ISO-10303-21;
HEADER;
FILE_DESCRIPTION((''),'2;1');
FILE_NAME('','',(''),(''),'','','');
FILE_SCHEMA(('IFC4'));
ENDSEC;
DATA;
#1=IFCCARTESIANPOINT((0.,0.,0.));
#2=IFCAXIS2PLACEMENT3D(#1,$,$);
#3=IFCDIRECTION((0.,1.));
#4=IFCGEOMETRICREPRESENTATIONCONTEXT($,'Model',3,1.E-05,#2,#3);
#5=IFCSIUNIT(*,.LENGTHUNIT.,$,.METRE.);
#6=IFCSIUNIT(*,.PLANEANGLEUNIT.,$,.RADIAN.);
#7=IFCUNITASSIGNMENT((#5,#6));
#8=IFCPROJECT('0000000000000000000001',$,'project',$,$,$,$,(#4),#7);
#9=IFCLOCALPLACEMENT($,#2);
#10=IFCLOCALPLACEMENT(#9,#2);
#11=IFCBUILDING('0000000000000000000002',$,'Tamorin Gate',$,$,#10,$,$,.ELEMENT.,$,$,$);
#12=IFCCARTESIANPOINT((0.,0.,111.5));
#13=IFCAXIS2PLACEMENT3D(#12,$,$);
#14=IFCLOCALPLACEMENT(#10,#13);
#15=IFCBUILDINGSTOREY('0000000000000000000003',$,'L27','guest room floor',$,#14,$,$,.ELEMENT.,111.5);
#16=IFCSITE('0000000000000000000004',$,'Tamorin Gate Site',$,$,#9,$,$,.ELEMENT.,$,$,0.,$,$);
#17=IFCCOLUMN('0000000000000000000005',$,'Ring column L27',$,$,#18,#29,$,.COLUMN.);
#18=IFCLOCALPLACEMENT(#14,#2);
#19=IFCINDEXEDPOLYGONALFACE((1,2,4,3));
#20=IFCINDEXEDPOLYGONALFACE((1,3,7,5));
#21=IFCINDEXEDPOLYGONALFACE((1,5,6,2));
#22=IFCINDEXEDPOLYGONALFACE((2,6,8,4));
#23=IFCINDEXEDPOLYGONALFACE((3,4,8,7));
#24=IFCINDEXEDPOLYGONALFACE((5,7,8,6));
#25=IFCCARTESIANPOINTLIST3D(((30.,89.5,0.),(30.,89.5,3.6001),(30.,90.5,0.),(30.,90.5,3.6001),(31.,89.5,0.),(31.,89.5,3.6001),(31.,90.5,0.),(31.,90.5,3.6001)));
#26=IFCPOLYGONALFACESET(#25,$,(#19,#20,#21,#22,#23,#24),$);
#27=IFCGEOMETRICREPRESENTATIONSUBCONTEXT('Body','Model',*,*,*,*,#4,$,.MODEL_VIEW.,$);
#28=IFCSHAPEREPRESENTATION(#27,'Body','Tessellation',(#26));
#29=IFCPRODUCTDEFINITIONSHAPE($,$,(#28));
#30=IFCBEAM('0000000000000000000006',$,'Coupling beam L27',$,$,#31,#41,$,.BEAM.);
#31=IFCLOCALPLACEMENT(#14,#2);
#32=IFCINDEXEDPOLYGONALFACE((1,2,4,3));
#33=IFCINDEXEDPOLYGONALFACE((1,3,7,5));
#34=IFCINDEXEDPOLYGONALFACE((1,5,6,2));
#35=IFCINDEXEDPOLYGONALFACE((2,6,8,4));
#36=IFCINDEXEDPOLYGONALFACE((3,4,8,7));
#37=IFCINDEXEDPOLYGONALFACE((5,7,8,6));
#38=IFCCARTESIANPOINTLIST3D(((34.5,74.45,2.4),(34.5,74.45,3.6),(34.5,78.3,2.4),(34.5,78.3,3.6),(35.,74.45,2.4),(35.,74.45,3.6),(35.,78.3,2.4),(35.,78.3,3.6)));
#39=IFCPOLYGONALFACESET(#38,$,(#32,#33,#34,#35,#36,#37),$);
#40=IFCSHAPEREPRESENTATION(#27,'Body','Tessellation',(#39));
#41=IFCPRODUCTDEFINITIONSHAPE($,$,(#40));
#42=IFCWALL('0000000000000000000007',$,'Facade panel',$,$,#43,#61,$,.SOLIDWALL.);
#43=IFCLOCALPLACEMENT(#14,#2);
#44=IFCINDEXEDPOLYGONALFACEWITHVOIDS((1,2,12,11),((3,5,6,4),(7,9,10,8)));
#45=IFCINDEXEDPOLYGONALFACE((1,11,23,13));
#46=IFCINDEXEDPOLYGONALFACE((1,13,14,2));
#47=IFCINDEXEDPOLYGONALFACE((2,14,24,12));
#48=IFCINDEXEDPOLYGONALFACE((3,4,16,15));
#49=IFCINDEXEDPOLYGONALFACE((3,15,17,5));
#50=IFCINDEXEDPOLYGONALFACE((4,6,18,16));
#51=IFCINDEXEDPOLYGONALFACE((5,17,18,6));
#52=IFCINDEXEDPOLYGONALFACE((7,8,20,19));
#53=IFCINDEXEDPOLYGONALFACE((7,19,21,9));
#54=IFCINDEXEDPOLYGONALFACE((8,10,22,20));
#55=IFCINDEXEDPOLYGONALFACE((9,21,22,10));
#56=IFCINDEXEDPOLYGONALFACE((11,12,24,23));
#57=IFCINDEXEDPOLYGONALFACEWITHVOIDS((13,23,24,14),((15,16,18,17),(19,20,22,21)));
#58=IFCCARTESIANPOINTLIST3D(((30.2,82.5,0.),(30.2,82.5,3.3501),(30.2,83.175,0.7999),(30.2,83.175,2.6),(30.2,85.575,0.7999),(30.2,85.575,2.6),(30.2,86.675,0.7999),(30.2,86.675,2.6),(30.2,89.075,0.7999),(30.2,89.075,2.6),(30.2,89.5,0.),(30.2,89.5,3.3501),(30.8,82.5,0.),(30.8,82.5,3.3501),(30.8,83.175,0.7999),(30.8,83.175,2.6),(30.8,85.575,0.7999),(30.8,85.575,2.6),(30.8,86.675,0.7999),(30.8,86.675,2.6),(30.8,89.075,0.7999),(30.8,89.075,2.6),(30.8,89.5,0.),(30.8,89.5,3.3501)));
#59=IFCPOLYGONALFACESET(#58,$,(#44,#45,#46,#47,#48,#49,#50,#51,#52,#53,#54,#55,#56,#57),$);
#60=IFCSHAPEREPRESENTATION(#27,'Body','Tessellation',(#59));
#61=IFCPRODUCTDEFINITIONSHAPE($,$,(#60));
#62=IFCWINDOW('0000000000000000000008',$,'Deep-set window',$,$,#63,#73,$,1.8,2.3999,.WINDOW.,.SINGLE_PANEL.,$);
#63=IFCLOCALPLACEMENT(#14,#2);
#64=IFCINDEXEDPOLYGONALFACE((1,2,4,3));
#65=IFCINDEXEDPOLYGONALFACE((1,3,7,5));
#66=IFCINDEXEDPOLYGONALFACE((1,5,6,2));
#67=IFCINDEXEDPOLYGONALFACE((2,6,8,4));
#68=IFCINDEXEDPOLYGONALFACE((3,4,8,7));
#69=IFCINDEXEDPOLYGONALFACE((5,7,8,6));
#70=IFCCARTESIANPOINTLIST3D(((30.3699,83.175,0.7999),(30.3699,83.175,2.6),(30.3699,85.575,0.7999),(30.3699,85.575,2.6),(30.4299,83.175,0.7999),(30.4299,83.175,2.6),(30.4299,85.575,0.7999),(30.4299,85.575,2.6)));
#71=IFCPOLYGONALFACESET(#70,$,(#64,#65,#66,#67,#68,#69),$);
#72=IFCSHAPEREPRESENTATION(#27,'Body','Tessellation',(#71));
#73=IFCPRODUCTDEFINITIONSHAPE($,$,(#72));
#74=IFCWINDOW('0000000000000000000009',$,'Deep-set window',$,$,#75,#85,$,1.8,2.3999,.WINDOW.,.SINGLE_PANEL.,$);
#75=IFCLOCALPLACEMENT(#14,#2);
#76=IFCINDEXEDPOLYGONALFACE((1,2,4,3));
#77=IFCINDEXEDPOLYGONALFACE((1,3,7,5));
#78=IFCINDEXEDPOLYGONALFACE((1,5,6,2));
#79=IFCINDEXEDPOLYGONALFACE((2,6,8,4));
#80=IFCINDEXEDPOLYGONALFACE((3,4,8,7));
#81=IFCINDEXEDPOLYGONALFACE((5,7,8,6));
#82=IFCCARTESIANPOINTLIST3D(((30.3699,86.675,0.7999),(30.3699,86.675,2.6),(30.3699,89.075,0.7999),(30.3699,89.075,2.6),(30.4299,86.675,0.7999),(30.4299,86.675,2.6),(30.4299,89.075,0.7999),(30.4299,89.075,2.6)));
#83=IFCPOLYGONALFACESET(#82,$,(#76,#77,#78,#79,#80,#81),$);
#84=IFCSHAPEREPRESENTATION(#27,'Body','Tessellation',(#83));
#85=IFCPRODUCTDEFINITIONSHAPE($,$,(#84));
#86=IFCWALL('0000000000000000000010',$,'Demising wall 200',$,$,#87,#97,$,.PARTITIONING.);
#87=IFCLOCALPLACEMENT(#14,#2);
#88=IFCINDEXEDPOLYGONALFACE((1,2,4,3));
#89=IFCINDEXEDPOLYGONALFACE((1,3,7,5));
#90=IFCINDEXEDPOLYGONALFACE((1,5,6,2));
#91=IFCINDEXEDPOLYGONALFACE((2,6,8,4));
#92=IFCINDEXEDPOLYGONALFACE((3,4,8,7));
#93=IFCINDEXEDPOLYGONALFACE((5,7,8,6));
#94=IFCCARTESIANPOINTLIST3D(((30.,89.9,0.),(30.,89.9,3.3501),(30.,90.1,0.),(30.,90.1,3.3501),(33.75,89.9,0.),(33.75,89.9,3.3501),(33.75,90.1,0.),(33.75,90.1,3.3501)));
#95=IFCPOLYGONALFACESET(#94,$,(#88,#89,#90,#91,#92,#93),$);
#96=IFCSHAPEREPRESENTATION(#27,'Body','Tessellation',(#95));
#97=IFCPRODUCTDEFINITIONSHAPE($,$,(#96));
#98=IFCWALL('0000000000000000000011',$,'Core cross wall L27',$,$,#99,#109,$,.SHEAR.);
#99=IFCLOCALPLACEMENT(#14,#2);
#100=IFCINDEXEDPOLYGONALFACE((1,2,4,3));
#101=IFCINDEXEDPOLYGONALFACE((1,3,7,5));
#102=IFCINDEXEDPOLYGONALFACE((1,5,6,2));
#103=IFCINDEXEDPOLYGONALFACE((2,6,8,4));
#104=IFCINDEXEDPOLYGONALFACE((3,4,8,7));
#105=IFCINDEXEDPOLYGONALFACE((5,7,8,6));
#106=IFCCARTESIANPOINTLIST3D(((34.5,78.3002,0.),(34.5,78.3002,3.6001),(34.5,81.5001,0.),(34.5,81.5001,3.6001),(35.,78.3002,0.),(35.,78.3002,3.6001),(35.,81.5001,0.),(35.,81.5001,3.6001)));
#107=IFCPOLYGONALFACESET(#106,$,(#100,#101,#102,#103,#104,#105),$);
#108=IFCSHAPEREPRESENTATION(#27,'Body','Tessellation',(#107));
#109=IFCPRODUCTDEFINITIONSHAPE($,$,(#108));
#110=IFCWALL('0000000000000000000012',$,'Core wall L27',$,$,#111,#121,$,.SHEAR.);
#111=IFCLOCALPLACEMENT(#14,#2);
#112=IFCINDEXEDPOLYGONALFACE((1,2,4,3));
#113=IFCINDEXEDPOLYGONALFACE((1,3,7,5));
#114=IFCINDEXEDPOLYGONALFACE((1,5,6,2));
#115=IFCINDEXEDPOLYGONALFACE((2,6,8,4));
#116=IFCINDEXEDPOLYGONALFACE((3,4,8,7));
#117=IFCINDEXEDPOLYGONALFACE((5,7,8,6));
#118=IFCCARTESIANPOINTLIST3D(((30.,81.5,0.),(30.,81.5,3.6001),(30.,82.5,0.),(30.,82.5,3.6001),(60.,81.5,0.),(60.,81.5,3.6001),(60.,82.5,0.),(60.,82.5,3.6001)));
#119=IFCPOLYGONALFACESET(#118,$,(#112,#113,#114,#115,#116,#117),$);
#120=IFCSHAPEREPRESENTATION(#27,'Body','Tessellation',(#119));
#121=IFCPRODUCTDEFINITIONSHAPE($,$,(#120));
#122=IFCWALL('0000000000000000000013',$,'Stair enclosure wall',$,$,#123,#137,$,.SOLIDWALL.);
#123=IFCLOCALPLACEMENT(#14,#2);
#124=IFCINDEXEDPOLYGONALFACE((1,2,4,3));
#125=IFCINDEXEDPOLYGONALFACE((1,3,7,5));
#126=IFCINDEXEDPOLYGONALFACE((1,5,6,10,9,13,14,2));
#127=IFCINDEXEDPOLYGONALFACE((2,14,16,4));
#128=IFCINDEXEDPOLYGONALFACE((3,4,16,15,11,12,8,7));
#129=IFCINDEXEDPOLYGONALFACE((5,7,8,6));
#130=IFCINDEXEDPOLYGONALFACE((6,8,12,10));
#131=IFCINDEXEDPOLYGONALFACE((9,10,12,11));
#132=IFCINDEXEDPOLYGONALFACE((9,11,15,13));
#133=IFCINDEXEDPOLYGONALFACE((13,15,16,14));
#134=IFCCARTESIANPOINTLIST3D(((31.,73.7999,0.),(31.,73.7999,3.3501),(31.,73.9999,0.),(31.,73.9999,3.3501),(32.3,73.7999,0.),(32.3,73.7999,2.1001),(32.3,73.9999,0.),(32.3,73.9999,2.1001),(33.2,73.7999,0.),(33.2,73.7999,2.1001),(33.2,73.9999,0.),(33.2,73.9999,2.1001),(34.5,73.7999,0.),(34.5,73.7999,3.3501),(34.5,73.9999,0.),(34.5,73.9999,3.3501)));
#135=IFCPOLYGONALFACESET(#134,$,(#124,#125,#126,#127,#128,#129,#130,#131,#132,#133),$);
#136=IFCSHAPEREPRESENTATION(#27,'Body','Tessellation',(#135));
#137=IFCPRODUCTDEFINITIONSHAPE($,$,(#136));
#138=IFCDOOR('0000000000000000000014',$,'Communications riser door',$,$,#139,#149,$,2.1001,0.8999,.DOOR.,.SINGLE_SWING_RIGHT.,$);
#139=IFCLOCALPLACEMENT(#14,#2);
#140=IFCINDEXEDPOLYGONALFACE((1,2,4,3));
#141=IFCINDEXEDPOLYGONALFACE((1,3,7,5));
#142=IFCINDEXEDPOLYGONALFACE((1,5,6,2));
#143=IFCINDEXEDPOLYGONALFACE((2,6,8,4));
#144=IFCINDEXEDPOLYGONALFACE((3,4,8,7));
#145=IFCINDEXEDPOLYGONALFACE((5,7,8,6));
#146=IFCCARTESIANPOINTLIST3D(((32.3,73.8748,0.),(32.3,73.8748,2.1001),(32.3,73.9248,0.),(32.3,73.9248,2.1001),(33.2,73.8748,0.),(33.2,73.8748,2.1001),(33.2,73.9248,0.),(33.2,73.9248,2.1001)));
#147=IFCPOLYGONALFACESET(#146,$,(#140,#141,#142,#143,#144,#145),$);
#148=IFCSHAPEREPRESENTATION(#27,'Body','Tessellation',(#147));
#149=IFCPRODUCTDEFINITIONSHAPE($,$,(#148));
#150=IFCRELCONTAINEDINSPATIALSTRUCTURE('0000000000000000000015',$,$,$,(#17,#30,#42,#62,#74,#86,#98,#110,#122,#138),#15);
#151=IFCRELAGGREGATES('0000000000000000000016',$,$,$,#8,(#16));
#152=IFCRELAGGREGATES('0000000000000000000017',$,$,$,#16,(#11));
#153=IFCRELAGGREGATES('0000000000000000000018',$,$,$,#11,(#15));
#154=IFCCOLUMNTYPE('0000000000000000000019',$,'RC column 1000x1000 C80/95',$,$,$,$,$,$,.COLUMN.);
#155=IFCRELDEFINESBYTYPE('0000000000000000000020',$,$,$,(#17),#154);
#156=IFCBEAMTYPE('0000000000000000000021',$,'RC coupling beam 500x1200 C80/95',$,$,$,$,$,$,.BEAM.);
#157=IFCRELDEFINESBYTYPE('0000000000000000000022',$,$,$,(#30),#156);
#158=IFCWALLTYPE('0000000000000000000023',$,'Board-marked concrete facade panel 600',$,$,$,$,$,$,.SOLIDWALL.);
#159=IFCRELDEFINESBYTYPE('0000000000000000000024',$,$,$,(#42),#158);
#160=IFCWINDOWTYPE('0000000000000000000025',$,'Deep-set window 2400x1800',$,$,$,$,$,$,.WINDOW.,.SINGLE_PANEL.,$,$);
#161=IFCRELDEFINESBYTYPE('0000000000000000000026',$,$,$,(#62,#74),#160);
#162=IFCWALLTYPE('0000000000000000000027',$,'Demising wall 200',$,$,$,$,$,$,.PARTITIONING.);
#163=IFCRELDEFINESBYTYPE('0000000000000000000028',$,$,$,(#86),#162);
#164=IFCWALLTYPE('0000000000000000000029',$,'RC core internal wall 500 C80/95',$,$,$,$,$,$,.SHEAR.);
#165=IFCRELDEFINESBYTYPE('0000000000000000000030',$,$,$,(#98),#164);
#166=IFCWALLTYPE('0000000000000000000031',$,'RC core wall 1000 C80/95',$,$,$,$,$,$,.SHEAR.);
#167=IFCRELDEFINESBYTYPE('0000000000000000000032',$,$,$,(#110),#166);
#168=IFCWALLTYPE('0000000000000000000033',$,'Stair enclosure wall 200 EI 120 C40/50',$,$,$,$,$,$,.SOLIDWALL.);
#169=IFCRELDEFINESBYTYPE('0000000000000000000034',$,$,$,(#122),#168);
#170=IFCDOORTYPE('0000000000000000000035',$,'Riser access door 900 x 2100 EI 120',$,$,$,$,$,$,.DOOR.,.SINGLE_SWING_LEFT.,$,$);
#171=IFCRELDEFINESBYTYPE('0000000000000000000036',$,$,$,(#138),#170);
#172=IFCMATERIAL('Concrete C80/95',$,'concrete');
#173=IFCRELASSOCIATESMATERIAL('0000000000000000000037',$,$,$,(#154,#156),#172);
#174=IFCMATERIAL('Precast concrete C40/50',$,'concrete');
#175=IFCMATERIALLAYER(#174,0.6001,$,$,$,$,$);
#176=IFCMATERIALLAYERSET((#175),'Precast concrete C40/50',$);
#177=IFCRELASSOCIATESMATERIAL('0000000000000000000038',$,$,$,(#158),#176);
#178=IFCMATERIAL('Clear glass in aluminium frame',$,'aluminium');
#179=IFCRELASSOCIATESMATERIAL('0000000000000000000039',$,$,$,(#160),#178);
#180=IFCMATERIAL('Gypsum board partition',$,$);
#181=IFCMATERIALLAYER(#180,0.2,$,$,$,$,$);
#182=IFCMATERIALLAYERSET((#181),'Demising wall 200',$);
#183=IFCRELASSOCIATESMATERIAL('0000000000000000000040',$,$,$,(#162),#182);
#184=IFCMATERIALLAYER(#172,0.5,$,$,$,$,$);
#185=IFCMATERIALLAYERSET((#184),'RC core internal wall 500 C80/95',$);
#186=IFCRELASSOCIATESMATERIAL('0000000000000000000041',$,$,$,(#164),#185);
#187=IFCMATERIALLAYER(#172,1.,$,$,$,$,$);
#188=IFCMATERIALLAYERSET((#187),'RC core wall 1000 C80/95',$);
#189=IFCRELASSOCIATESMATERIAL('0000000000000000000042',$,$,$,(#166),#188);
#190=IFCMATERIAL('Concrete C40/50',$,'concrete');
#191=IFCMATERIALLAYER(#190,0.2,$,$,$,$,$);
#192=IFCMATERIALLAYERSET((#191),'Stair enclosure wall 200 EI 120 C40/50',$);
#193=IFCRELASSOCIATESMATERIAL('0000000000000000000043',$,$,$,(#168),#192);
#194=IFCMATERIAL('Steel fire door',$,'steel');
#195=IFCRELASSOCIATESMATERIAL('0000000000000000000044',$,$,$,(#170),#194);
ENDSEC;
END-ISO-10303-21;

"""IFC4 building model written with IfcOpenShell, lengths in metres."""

from ifc_helpers import new_model, si_unit, direction, frame, frame_2d, origin, origin_2d, place, context, subcontext, project, spatial, rectangle, extrude, material, layer, layer_set, material_profile, profile_set, type_object, element, fill, save


model = new_model("IFC4")

# Units and contexts
model_context = context("Model", 3, precision=1e-05, world=origin(), true_north=direction((0.0, 1.0)))
body_context = subcontext(model_context, "Body", "Model", "MODEL_VIEW")
ifc_project = project(units=[si_unit("LENGTHUNIT", "METRE"), si_unit("PLANEANGLEUNIT", "RADIAN")], contexts=[model_context])

# Site, building, storey
site_placement = place(None, origin())
site = spatial("IfcSite", under=ifc_project, at=site_placement, Name="Tamorin Gate Site", CompositionType="ELEMENT", RefElevation=0.0)
building_placement = place(site_placement, origin())
building = spatial("IfcBuilding", under=site, at=building_placement, Name="Tamorin Gate", CompositionType="ELEMENT")
storey_placement = place(building_placement, frame((0.0, 0.0, 111.5)))
storey = spatial("IfcBuildingStorey", under=building, at=storey_placement, Name="L27", Description="guest room floor", CompositionType="ELEMENT", Elevation=111.5)

# Column
ifc_material_1 = material(Name="Concrete C80/95", Category="concrete")
ifc_material_profile_1 = material_profile(ifc_material_1, rectangle(XDim=1.0, YDim=1.0, at=origin_2d()), Name="RC 1000x1000")
ifc_profile_set_1 = profile_set([ifc_material_profile_1], Name="Concrete C80/95")
column_type = type_object("IfcColumnType", Name="RC column 1000x1000 C80/95", PredefinedType="COLUMN", material=ifc_profile_set_1)
column_placement = place(storey_placement, frame((30.5, 90.0, 0.0), z_axis=(0.0, 0.0, 1.0), x_axis=(1.0, 0.0, 0.0)))
element("IfcColumn", 1, at=column_placement, inside=storey, type_object=column_type, Name="Ring column L27", PredefinedType="COLUMN", context=body_context, shape_type="SweptSolid", body=[
    extrude(rectangle(XDim=1.0, YDim=1.0, at=origin_2d()), origin(), (0.0, 0.0, 1.0), 3.6001),
])

# Beam
ifc_material_profile_2 = material_profile(ifc_material_1, rectangle(XDim=0.5, YDim=1.2, at=origin_2d()), Name="RC 500x1200")
ifc_profile_set_2 = profile_set([ifc_material_profile_2], Name="Concrete C80/95")
beam_type = type_object("IfcBeamType", Name="RC coupling beam 500x1200 C80/95", PredefinedType="BEAM", material=ifc_profile_set_2)
beam_placement = place(storey_placement, frame((34.75, 74.45, 3.0), z_axis=(0.0, 1.0, 0.0), x_axis=(-1.0, 0.0, 0.0)))
element("IfcBeam", 2, at=beam_placement, inside=storey, type_object=beam_type, Name="Coupling beam L27", PredefinedType="BEAM", context=body_context, shape_type="SweptSolid", body=[
    extrude(rectangle(XDim=0.5, YDim=1.2, at=origin_2d()), origin(), (0.0, 0.0, 1.0), 3.8501),
])

# Wall, openings, windows
ifc_material_2 = material(Name="Precast concrete C40/50", Category="concrete")
ifc_layer_1 = layer(ifc_material_2, 0.6001)
ifc_layer_set_1 = layer_set([ifc_layer_1], Name="Precast concrete C40/50")
wall_type_1 = type_object("IfcWallType", Name="Board-marked concrete facade panel 600", PredefinedType="SOLIDWALL", material=ifc_layer_set_1)
wall_1_placement = place(storey_placement, frame((30.5, 89.5, 0.0), z_axis=(0.0, 0.0, 1.0), x_axis=(0.0, -1.0, 0.0)))
wall_1 = element("IfcWall", 3, at=wall_1_placement, inside=storey, type_object=wall_type_1, Name="Facade panel", PredefinedType="SOLIDWALL", context=body_context, shape_type="SweptSolid", body=[
    extrude(rectangle(XDim=7.0, YDim=0.6001, at=frame_2d((3.5, 0.0))), origin(), (0.0, 0.0, 1.0), 3.3501),
])
opening_1_placement = place(wall_1_placement, frame((3.925, 0.0, 0.8)))
opening_1 = element("IfcOpeningElement", 4, at=opening_1_placement, cuts=wall_1, PredefinedType="OPENING", context=body_context, shape_type="SweptSolid", body=[
    extrude(rectangle(XDim=2.3999, YDim=1.8, at=frame_2d((1.2, 0.8999))), frame((0.0, 0.3101, 0.0), z_axis=(0.0, -1.0, 0.0), x_axis=(1.0, 0.0, 0.0)), (0.0, 0.0, 1.0), 0.6201),
])
opening_2_placement = place(wall_1_placement, frame((0.425, 0.0, 0.8)))
opening_2 = element("IfcOpeningElement", 5, at=opening_2_placement, cuts=wall_1, PredefinedType="OPENING", context=body_context, shape_type="SweptSolid", body=[
    extrude(rectangle(XDim=2.3999, YDim=1.8, at=frame_2d((1.2, 0.8999))), frame((0.0, 0.3101, 0.0), z_axis=(0.0, -1.0, 0.0), x_axis=(1.0, 0.0, 0.0)), (0.0, 0.0, 1.0), 0.6201),
])
ifc_material_3 = material(Name="Clear glass in aluminium frame", Category="aluminium")
window_type = type_object("IfcWindowType", Name="Deep-set window 2400x1800", PartitioningType="SINGLE_PANEL", PredefinedType="WINDOW", material=ifc_material_3)
window_1_placement = place(opening_1_placement, origin())
window_1 = element("IfcWindow", 6, at=window_1_placement, inside=storey, type_object=window_type, Name="Deep-set window", OverallHeight=1.8, OverallWidth=2.3999, PartitioningType="SINGLE_PANEL", PredefinedType="WINDOW", context=body_context, shape_type="SweptSolid", body=[
    extrude(rectangle(XDim=2.3999, YDim=1.8, at=frame_2d((1.2, 0.8999))), frame((0.0, -0.0701, 0.0), z_axis=(0.0, -1.0, 0.0), x_axis=(1.0, 0.0, 0.0)), (0.0, 0.0, 1.0), 0.0601),
])
fill(opening_1, window_1)
window_2_placement = place(opening_2_placement, origin())
window_2 = element("IfcWindow", 7, at=window_2_placement, inside=storey, type_object=window_type, Name="Deep-set window", OverallHeight=1.8, OverallWidth=2.3999, PartitioningType="SINGLE_PANEL", PredefinedType="WINDOW", context=body_context, shape_type="SweptSolid", body=[
    extrude(rectangle(XDim=2.3999, YDim=1.8, at=frame_2d((1.2, 0.8999))), frame((0.0, -0.0701, 0.0), z_axis=(0.0, -1.0, 0.0), x_axis=(1.0, 0.0, 0.0)), (0.0, 0.0, 1.0), 0.0601),
])
fill(opening_2, window_2)

# Walls
ifc_material_4 = material(Name="Gypsum board partition")
ifc_layer_2 = layer(ifc_material_4, 0.2)
ifc_layer_set_2 = layer_set([ifc_layer_2], Name="Demising wall 200")
wall_type_2 = type_object("IfcWallType", Name="Demising wall 200", PredefinedType="PARTITIONING", material=ifc_layer_set_2)
wall_2_placement = place(storey_placement, frame((30.0, 90.0, 0.0), z_axis=(0.0, 0.0, 1.0), x_axis=(1.0, 0.0, 0.0)))
element("IfcWall", 8, at=wall_2_placement, inside=storey, type_object=wall_type_2, Name="Demising wall 200", PredefinedType="PARTITIONING", context=body_context, shape_type="SweptSolid", body=[
    extrude(rectangle(XDim=3.75, YDim=0.2, at=frame_2d((1.875, 0.0))), origin(), (0.0, 0.0, 1.0), 3.3501),
])
ifc_layer_3 = layer(ifc_material_1, 0.5)
ifc_layer_set_3 = layer_set([ifc_layer_3], Name="RC core internal wall 500 C80/95")
wall_type_3 = type_object("IfcWallType", Name="RC core internal wall 500 C80/95", PredefinedType="SHEAR", material=ifc_layer_set_3)
wall_3_placement = place(storey_placement, frame((34.75, 78.3, 0.0), z_axis=(0.0, 0.0, 1.0), x_axis=(0.0, 1.0, 0.0)))
element("IfcWall", 9, at=wall_3_placement, inside=storey, type_object=wall_type_3, Name="Core cross wall L27", PredefinedType="SHEAR", context=body_context, shape_type="SweptSolid", body=[
    extrude(rectangle(XDim=3.2, YDim=0.5, at=frame_2d((1.6001, 0.0))), origin(), (0.0, 0.0, 1.0), 3.6001),
])
ifc_layer_4 = layer(ifc_material_1, 1.0)
ifc_layer_set_4 = layer_set([ifc_layer_4], Name="RC core wall 1000 C80/95")
wall_type_4 = type_object("IfcWallType", Name="RC core wall 1000 C80/95", PredefinedType="SHEAR", material=ifc_layer_set_4)
wall_4_placement = place(storey_placement, frame((30.0, 82.0, 0.0), z_axis=(0.0, 0.0, 1.0), x_axis=(1.0, 0.0, 0.0)))
element("IfcWall", 10, at=wall_4_placement, inside=storey, type_object=wall_type_4, Name="Core wall L27", PredefinedType="SHEAR", context=body_context, shape_type="SweptSolid", body=[
    extrude(rectangle(XDim=30.0, YDim=1.0, at=frame_2d((15.0, 0.0))), origin(), (0.0, 0.0, 1.0), 3.6001),
])

# Wall, opening, door
ifc_material_5 = material(Name="Concrete C40/50", Category="concrete")
ifc_layer_5 = layer(ifc_material_5, 0.2)
ifc_layer_set_5 = layer_set([ifc_layer_5], Name="Stair enclosure wall 200 EI 120 C40/50")
wall_type_5 = type_object("IfcWallType", Name="Stair enclosure wall 200 EI 120 C40/50", PredefinedType="SOLIDWALL", material=ifc_layer_set_5)
wall_5_placement = place(storey_placement, frame((31.0, 73.8999, 0.0), z_axis=(0.0, 0.0, 1.0), x_axis=(1.0, 0.0, 0.0)))
wall_5 = element("IfcWall", 11, at=wall_5_placement, inside=storey, type_object=wall_type_5, Name="Stair enclosure wall", PredefinedType="SOLIDWALL", context=body_context, shape_type="SweptSolid", body=[
    extrude(rectangle(XDim=3.5, YDim=0.2, at=frame_2d((1.75, 0.0))), origin(), (0.0, 0.0, 1.0), 3.3501),
])
opening_3_placement = place(wall_5_placement, frame((1.3, 0.0, 0.0)))
opening_3 = element("IfcOpeningElement", 12, at=opening_3_placement, cuts=wall_5, PredefinedType="OPENING", context=body_context, shape_type="SweptSolid", body=[
    extrude(rectangle(XDim=0.8999, YDim=2.1001, at=frame_2d((0.45, 1.05))), frame((0.0, 0.1099, 0.0), z_axis=(0.0, -1.0, 0.0), x_axis=(1.0, 0.0, 0.0)), (0.0, 0.0, 1.0), 0.22),
])
ifc_material_6 = material(Name="Steel fire door", Category="steel")
door_type_1 = type_object("IfcDoorType", Name="Riser access door 900 x 2100 EI 120", OperationType="SINGLE_SWING_LEFT", PredefinedType="DOOR", material=ifc_material_6)
door_1_placement = place(opening_3_placement, origin())
door_1 = element("IfcDoor", 13, at=door_1_placement, inside=storey, type_object=door_type_1, Name="Communications riser door", OperationType="SINGLE_SWING_RIGHT", OverallHeight=2.1001, OverallWidth=0.8999, PredefinedType="DOOR", context=body_context, shape_type="SweptSolid", body=[
    extrude(rectangle(XDim=0.8999, YDim=2.1001, at=frame_2d((0.45, 1.05))), frame((0.0, 0.0249, 0.0), z_axis=(0.0, -1.0, 0.0), x_axis=(1.0, 0.0, 0.0)), (0.0, 0.0, 1.0), 0.05),
])
fill(opening_3, door_1)

save(model, "model.ifc")
